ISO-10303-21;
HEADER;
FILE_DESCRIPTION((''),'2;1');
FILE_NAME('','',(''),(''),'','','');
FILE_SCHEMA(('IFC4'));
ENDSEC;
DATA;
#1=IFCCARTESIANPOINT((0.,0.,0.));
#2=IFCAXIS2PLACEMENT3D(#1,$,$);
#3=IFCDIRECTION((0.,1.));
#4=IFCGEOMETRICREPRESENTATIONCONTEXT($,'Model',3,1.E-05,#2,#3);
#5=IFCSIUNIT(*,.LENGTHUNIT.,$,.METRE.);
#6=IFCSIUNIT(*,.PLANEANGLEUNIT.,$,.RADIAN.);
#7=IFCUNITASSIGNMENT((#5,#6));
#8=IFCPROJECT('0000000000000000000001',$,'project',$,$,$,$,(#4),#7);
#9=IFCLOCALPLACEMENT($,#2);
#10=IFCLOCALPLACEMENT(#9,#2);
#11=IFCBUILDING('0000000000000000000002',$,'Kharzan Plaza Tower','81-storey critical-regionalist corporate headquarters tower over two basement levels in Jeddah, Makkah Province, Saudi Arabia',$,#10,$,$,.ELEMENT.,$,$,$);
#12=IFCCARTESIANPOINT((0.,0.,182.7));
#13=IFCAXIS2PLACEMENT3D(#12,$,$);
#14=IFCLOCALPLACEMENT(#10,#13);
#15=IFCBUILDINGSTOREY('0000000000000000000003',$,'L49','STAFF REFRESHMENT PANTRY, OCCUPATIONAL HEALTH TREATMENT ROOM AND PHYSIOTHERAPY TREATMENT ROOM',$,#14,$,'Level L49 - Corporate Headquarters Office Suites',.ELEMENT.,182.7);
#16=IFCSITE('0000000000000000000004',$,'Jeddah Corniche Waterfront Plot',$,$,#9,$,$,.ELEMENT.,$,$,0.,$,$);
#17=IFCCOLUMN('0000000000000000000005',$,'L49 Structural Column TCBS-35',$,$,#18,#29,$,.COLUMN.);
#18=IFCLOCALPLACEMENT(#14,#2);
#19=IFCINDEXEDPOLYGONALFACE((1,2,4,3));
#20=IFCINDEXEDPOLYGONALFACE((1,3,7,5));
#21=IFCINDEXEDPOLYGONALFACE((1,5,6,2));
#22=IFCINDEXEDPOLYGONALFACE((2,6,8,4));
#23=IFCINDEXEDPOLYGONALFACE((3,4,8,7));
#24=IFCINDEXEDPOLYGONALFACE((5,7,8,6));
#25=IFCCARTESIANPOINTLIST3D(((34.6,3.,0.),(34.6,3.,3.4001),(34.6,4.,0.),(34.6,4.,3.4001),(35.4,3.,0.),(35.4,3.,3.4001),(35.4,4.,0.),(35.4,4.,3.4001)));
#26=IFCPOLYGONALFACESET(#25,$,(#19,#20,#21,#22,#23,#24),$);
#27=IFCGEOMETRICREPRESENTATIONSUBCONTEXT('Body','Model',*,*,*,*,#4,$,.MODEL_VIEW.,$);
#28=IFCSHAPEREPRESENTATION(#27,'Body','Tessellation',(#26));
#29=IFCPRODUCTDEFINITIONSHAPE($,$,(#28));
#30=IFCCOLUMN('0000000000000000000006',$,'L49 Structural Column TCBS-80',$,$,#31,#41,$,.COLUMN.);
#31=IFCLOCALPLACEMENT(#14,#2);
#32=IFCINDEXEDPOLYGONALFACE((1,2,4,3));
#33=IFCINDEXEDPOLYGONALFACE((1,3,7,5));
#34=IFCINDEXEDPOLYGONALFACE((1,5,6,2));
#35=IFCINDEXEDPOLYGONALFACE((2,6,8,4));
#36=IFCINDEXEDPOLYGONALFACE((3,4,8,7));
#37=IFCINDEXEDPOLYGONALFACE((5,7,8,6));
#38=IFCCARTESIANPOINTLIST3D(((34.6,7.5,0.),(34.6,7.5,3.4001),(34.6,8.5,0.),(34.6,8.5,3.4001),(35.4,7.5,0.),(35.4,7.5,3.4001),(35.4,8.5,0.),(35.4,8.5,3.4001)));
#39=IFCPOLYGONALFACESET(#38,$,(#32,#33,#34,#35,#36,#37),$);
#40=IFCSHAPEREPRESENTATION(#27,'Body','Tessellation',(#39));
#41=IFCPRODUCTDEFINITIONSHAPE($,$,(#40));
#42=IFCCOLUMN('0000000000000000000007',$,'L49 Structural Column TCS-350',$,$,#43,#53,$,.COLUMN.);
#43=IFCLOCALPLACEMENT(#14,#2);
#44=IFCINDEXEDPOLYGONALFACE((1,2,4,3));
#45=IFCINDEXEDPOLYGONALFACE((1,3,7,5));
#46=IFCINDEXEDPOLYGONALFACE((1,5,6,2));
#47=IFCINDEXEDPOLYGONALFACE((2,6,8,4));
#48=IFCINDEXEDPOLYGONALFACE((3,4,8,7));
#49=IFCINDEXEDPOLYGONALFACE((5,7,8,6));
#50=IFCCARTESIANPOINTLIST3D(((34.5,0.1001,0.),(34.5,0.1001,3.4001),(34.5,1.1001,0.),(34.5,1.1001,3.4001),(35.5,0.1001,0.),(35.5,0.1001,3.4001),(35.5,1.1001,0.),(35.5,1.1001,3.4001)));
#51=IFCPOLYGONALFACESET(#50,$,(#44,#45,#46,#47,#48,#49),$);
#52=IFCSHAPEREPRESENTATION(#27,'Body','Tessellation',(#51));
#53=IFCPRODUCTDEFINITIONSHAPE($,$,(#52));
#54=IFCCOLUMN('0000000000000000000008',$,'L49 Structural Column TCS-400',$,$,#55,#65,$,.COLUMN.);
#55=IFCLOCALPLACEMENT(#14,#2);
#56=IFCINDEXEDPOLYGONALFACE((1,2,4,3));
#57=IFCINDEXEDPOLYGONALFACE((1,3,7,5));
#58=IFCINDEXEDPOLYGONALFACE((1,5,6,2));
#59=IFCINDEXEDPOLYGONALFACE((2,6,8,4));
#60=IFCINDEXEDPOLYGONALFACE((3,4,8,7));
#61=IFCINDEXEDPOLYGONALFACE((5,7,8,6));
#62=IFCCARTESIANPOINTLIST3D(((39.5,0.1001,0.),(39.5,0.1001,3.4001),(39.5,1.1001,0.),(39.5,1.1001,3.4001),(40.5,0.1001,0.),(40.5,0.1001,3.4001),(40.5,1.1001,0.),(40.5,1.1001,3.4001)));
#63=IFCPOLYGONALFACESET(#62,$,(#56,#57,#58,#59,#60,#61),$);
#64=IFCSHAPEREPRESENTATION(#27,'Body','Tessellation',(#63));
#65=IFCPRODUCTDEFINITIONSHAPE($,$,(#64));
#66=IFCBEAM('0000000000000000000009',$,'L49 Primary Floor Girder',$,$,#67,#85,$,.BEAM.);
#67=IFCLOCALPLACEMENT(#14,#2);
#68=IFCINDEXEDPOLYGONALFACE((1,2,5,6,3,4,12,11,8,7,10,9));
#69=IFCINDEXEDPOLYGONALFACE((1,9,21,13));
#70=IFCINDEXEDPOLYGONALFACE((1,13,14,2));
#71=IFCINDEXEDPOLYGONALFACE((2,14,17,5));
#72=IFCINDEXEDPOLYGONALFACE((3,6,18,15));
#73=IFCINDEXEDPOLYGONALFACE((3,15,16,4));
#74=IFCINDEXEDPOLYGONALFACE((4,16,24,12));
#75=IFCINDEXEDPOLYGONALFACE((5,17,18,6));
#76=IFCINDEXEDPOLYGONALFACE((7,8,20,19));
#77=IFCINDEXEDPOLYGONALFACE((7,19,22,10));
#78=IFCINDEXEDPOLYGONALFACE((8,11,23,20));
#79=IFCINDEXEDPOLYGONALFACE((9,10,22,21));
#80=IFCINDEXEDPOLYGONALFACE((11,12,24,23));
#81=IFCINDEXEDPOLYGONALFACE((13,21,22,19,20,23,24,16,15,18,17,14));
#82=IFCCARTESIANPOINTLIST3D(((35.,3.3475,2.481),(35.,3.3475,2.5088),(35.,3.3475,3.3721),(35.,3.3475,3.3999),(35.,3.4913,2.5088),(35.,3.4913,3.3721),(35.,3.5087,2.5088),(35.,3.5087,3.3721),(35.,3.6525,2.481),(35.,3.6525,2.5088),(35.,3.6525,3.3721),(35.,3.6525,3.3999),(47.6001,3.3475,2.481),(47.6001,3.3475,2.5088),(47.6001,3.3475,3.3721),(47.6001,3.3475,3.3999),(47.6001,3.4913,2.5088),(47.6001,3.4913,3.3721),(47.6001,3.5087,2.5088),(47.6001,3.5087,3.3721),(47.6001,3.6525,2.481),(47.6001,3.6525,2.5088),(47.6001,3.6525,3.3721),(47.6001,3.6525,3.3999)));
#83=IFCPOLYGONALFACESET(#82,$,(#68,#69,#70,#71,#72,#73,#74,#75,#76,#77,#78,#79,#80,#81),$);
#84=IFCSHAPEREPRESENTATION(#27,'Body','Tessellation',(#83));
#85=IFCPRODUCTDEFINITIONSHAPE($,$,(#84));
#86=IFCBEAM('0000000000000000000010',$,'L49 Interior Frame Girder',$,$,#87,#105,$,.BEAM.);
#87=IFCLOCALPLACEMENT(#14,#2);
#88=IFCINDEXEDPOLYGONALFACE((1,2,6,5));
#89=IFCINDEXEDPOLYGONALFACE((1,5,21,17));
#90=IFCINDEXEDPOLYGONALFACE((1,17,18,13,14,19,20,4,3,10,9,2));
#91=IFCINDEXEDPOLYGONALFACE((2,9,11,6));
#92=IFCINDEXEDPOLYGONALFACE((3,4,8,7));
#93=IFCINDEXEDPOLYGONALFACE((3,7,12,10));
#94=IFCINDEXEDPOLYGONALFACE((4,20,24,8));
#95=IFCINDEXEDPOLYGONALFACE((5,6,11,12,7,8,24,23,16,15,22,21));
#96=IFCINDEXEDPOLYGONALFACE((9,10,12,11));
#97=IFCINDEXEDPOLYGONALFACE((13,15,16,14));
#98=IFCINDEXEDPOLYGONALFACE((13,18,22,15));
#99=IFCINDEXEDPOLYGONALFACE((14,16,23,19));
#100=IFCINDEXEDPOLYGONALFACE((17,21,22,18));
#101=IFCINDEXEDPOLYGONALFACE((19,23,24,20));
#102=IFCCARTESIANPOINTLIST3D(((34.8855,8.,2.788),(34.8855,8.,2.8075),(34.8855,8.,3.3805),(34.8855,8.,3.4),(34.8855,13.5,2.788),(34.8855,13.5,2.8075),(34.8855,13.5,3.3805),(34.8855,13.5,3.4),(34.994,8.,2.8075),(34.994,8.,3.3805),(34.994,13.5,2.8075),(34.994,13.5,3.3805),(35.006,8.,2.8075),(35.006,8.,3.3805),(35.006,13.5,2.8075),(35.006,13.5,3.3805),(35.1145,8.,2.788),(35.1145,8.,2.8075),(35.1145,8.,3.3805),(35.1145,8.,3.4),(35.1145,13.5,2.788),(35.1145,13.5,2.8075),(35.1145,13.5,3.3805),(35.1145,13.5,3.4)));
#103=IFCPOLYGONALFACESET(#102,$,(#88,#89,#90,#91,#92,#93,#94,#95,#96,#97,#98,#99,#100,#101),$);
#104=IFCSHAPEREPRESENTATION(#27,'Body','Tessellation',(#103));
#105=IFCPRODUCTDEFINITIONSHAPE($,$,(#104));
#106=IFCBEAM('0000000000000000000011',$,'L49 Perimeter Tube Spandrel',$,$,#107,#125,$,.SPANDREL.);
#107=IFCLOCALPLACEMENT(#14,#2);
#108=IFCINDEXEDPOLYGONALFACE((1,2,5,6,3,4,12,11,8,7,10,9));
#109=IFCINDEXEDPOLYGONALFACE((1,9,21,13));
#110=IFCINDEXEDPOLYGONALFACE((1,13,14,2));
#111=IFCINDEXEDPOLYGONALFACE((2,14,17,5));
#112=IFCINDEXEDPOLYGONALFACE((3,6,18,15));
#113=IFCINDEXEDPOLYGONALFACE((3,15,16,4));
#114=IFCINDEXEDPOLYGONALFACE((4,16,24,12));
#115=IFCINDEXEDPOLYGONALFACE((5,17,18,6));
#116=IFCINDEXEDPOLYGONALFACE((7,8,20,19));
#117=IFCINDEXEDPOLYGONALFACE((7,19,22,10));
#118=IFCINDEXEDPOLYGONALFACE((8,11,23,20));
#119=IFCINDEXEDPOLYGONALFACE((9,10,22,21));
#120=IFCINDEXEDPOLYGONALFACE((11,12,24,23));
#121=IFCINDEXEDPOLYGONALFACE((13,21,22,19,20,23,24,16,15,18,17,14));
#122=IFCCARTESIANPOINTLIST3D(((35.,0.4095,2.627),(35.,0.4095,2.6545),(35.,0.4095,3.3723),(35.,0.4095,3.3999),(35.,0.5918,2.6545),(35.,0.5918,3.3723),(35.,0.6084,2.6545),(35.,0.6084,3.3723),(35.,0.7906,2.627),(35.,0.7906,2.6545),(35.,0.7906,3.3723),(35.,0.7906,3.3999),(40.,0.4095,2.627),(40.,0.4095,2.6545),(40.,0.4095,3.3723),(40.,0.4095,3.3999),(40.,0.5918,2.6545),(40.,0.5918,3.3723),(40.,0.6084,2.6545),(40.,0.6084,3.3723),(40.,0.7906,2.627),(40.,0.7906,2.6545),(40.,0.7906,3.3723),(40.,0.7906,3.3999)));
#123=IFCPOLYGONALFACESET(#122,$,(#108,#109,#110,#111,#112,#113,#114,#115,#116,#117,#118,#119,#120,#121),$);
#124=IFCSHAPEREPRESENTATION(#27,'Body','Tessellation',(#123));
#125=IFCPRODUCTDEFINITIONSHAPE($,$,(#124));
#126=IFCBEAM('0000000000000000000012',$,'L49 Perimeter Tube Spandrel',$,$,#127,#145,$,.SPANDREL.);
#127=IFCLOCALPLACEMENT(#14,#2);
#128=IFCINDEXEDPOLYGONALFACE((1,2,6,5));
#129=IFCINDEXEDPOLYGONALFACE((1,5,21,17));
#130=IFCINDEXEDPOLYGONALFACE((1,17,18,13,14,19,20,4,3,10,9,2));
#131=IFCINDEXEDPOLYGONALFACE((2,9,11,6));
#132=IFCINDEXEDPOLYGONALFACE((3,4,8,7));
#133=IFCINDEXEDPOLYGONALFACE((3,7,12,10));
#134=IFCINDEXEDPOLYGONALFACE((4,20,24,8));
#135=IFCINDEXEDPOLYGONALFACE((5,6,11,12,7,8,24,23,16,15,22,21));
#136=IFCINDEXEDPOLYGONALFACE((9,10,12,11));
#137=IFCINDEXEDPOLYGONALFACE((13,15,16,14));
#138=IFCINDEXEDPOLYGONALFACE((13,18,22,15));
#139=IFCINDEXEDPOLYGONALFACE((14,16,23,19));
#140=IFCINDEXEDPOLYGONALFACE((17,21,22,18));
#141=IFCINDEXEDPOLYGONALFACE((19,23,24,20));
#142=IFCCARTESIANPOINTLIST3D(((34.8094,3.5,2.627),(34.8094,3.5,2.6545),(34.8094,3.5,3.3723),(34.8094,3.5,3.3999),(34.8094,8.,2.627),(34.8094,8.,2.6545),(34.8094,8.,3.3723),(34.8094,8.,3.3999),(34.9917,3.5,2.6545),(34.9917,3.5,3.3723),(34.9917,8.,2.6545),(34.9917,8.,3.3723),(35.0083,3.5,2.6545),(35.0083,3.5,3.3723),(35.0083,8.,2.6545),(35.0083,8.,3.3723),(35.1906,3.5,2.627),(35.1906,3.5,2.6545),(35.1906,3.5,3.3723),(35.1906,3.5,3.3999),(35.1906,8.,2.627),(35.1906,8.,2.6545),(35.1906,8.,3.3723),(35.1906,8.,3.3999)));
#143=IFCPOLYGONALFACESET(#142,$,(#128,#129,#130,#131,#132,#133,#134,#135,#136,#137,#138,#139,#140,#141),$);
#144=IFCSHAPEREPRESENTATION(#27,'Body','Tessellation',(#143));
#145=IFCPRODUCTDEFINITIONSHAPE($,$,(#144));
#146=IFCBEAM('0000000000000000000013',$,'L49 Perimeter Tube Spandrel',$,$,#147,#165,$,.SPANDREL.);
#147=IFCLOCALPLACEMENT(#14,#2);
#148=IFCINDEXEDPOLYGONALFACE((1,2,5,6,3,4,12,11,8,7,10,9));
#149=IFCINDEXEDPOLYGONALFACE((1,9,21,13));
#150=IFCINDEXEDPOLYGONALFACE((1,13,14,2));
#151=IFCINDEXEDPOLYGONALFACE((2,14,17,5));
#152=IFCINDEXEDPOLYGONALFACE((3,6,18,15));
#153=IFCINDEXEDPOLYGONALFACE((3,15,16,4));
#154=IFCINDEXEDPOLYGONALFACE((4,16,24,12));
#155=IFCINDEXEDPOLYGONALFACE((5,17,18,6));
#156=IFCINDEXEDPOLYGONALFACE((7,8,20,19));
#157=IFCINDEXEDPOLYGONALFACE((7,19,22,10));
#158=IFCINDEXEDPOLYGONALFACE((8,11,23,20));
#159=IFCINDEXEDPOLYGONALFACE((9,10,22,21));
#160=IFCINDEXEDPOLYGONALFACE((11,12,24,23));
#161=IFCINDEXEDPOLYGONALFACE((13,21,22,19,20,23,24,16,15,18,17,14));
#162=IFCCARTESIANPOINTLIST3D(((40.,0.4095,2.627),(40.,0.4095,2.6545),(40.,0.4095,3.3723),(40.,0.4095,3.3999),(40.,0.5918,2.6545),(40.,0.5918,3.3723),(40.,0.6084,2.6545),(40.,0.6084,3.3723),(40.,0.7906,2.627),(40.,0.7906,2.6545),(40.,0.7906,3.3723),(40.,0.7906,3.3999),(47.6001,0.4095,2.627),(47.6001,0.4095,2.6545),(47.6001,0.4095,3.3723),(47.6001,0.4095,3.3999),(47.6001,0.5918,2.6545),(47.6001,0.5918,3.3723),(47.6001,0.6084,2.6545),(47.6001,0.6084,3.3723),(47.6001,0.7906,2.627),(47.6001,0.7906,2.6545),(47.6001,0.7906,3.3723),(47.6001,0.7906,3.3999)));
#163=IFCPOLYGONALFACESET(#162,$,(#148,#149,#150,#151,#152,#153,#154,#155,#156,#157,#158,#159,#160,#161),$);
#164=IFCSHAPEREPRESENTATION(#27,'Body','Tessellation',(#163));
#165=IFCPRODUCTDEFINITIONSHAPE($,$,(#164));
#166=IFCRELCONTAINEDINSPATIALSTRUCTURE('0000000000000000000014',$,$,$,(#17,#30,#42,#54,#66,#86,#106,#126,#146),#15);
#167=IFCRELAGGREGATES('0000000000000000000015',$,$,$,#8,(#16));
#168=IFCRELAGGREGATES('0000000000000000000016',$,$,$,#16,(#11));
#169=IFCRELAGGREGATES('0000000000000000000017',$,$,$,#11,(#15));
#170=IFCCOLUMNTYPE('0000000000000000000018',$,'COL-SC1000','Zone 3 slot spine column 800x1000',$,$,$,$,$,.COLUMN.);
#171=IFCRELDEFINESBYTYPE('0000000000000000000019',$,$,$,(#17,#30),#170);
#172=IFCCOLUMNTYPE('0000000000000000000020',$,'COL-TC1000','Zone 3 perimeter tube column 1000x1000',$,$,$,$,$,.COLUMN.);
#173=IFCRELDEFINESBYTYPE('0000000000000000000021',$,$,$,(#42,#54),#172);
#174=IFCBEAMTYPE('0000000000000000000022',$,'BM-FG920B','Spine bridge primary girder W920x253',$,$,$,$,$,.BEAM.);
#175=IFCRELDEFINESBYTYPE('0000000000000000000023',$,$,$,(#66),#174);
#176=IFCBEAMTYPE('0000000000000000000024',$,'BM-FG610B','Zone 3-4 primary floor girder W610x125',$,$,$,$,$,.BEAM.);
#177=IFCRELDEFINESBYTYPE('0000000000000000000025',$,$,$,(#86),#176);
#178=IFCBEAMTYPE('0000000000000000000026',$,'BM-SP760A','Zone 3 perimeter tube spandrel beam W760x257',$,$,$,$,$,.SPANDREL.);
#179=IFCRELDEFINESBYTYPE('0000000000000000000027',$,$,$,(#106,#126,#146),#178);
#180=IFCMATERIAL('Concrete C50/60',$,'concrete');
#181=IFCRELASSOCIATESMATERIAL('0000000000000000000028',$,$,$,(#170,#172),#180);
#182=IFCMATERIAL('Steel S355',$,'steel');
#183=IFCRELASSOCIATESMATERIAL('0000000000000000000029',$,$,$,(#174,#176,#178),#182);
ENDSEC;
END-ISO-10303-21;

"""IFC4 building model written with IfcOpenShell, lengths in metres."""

from ifc_helpers import new_model, si_unit, direction, frame, origin, origin_2d, place, context, subcontext, project, spatial, rectangle, i_section, extrude, source, transform, mapped, material, material_profile, profile_set, type_object, element, save


model = new_model("IFC4")

# Units and contexts
model_context = context("Model", 3, precision=1e-05, world=origin(), true_north=direction((0.0, 1.0)))
body_context = subcontext(model_context, "Body", "Model", "MODEL_VIEW")
ifc_project = project(units=[si_unit("LENGTHUNIT", "METRE"), si_unit("PLANEANGLEUNIT", "RADIAN")], contexts=[model_context])

# Site, building, storey
site_placement = place(None, origin())
site = spatial("IfcSite", under=ifc_project, at=site_placement, Name="Jeddah Corniche Waterfront Plot", CompositionType="ELEMENT", RefElevation=0.0)
building_placement = place(site_placement, origin())
building = spatial("IfcBuilding", under=site, at=building_placement, Name="Kharzan Plaza Tower", Description="81-storey critical-regionalist corporate headquarters tower over two basement levels in Jeddah, Makkah Province, Saudi Arabia", CompositionType="ELEMENT")
storey_placement = place(building_placement, frame((0.0, 0.0, 182.7)))
storey = spatial("IfcBuildingStorey", under=building, at=storey_placement, Name="L49", Description="STAFF REFRESHMENT PANTRY, OCCUPATIONAL HEALTH TREATMENT ROOM AND PHYSIOTHERAPY TREATMENT ROOM", LongName="Level L49 - Corporate Headquarters Office Suites", CompositionType="ELEMENT", Elevation=182.7)

# Columns
ifc_material_1 = material(Name="Concrete C50/60", Category="concrete")
ifc_material_profile_1 = material_profile(ifc_material_1, rectangle(XDim=0.8, YDim=1.0, at=origin_2d()), Name="RC-SC1000x800")
ifc_profile_set_1 = profile_set([ifc_material_profile_1], Name="Concrete C50/60")
column_type_1 = type_object("IfcColumnType", Name="COL-SC1000", Description="Zone 3 slot spine column 800x1000", PredefinedType="COLUMN", material=ifc_profile_set_1)
shared_shape_1 = source(origin(), body_context, "Body", "SweptSolid", [
    extrude(rectangle(XDim=0.8, YDim=1.0, at=origin_2d()), origin(), (0.0, 0.0, 1.0), 3.4001),
])
for number, where, z_axis, x_axis, name in (
    (1, (35.0, 3.5, 0.0), (0.0, 0.0, 1.0), (1.0, 0.0, 0.0), "L49 Structural Column TCBS-35"),
    (2, (35.0, 8.0, 0.0), (0.0, 0.0, 1.0), (1.0, 0.0, 0.0), "L49 Structural Column TCBS-80"),
):
    element("IfcColumn", number, at=place(storey_placement, frame(where, z_axis=z_axis, x_axis=x_axis)), inside=storey, type_object=column_type_1, Name=name, PredefinedType="COLUMN", context=body_context, shape_type="MappedRepresentation", body=[
        mapped(shared_shape_1, transform((0.0, 0.0, 0.0), x_axis=(1.0, 0.0, 0.0), y_axis=(0.0, 1.0, 0.0), z_axis=(0.0, 0.0, 1.0))),
    ])
ifc_material_profile_2 = material_profile(ifc_material_1, rectangle(XDim=1.0, YDim=1.0, at=origin_2d()), Name="RC-TC1000x1000")
ifc_profile_set_2 = profile_set([ifc_material_profile_2], Name="Concrete C50/60")
column_type_2 = type_object("IfcColumnType", Name="COL-TC1000", Description="Zone 3 perimeter tube column 1000x1000", PredefinedType="COLUMN", material=ifc_profile_set_2)
shared_shape_2 = source(origin(), body_context, "Body", "SweptSolid", [
    extrude(rectangle(XDim=1.0, YDim=1.0, at=origin_2d()), origin(), (0.0, 0.0, 1.0), 3.4001),
])
for number, where, z_axis, x_axis, name in (
    (3, (35.0, 0.6001, 0.0), (0.0, 0.0, 1.0), (1.0, 0.0, 0.0), "L49 Structural Column TCS-350"),
    (4, (40.0, 0.6001, 0.0), (0.0, 0.0, 1.0), (1.0, 0.0, 0.0), "L49 Structural Column TCS-400"),
):
    element("IfcColumn", number, at=place(storey_placement, frame(where, z_axis=z_axis, x_axis=x_axis)), inside=storey, type_object=column_type_2, Name=name, PredefinedType="COLUMN", context=body_context, shape_type="MappedRepresentation", body=[
        mapped(shared_shape_2, transform((0.0, 0.0, 0.0), x_axis=(1.0, 0.0, 0.0), y_axis=(0.0, 1.0, 0.0), z_axis=(0.0, 0.0, 1.0))),
    ])

# Beams
ifc_material_2 = material(Name="Steel S355", Category="steel")
ifc_material_profile_3 = material_profile(ifc_material_2, i_section(OverallWidth=0.3049, OverallDepth=0.9189, WebThickness=0.0173, FlangeThickness=0.0278, at=origin_2d()), Name="W920x253")
ifc_profile_set_3 = profile_set([ifc_material_profile_3], Name="Steel S355")
beam_type_1 = type_object("IfcBeamType", Name="BM-FG920B", Description="Spine bridge primary girder W920x253", PredefinedType="BEAM", material=ifc_profile_set_3)
shared_shape_3 = source(origin(), body_context, "Body", "SweptSolid", [
    extrude(i_section(OverallWidth=0.3049, OverallDepth=0.9189, WebThickness=0.0173, FlangeThickness=0.0278, at=origin_2d()), origin(), (0.0, 0.0, 1.0), 12.6001),
])
beam_1_placement = place(storey_placement, frame((35.0, 3.5, 2.9404), z_axis=(1.0, 0.0, 0.0), x_axis=(0.0, 1.0, 0.0)))
element("IfcBeam", 5, at=beam_1_placement, inside=storey, type_object=beam_type_1, Name="L49 Primary Floor Girder", PredefinedType="BEAM", context=body_context, shape_type="MappedRepresentation", body=[
    mapped(shared_shape_3, transform((0.0, 0.0, 0.0), x_axis=(1.0, 0.0, 0.0), y_axis=(0.0, 1.0, 0.0), z_axis=(0.0, 0.0, 1.0))),
])
ifc_material_profile_4 = material_profile(ifc_material_2, i_section(OverallWidth=0.229, OverallDepth=0.6121, WebThickness=0.012, FlangeThickness=0.0195, at=origin_2d()), Name="W610x125")
ifc_profile_set_4 = profile_set([ifc_material_profile_4], Name="Steel S355")
beam_type_2 = type_object("IfcBeamType", Name="BM-FG610B", Description="Zone 3-4 primary floor girder W610x125", PredefinedType="BEAM", material=ifc_profile_set_4)
shared_shape_4 = source(origin(), body_context, "Body", "SweptSolid", [
    extrude(i_section(OverallWidth=0.229, OverallDepth=0.6121, WebThickness=0.012, FlangeThickness=0.0195, at=origin_2d()), origin(), (0.0, 0.0, 1.0), 5.5),
])
beam_2_placement = place(storey_placement, frame((35.0, 8.0, 3.094), z_axis=(0.0, 1.0, 0.0), x_axis=(-1.0, 0.0, 0.0)))
element("IfcBeam", 6, at=beam_2_placement, inside=storey, type_object=beam_type_2, Name="L49 Interior Frame Girder", PredefinedType="BEAM", context=body_context, shape_type="MappedRepresentation", body=[
    mapped(shared_shape_4, transform((0.0, 0.0, 0.0), x_axis=(1.0, 0.0, 0.0), y_axis=(0.0, 1.0, 0.0), z_axis=(0.0, 0.0, 1.0))),
])
ifc_material_profile_5 = material_profile(ifc_material_2, i_section(OverallWidth=0.3811, OverallDepth=0.7729, WebThickness=0.0166, FlangeThickness=0.0276, at=origin_2d()), Name="W760x257")
ifc_profile_set_5 = profile_set([ifc_material_profile_5], Name="Steel S355")
beam_type_3 = type_object("IfcBeamType", Name="BM-SP760A", Description="Zone 3 perimeter tube spandrel beam W760x257", PredefinedType="SPANDREL", material=ifc_profile_set_5)
shared_shape_5 = source(origin(), body_context, "Body", "SweptSolid", [
    extrude(i_section(OverallWidth=0.3811, OverallDepth=0.7729, WebThickness=0.0166, FlangeThickness=0.0276, at=origin_2d()), origin(), (0.0, 0.0, 1.0), 5.0),
])
beam_3_placement = place(storey_placement, frame((35.0, 0.6001, 3.0134), z_axis=(1.0, 0.0, 0.0), x_axis=(0.0, 1.0, 0.0)))
element("IfcBeam", 7, at=beam_3_placement, inside=storey, type_object=beam_type_3, Name="L49 Perimeter Tube Spandrel", PredefinedType="SPANDREL", context=body_context, shape_type="MappedRepresentation", body=[
    mapped(shared_shape_5, transform((0.0, 0.0, 0.0), x_axis=(1.0, 0.0, 0.0), y_axis=(0.0, 1.0, 0.0), z_axis=(0.0, 0.0, 1.0))),
])
shared_shape_6 = source(origin(), body_context, "Body", "SweptSolid", [
    extrude(i_section(OverallWidth=0.3811, OverallDepth=0.7729, WebThickness=0.0166, FlangeThickness=0.0276, at=origin_2d()), origin(), (0.0, 0.0, 1.0), 4.5),
])
beam_4_placement = place(storey_placement, frame((35.0, 3.5, 3.0134), z_axis=(0.0, 1.0, 0.0), x_axis=(-1.0, 0.0, 0.0)))
element("IfcBeam", 8, at=beam_4_placement, inside=storey, type_object=beam_type_3, Name="L49 Perimeter Tube Spandrel", PredefinedType="SPANDREL", context=body_context, shape_type="MappedRepresentation", body=[
    mapped(shared_shape_6, transform((0.0, 0.0, 0.0), x_axis=(1.0, 0.0, 0.0), y_axis=(0.0, 1.0, 0.0), z_axis=(0.0, 0.0, 1.0))),
])
shared_shape_7 = source(origin(), body_context, "Body", "SweptSolid", [
    extrude(i_section(OverallWidth=0.3811, OverallDepth=0.7729, WebThickness=0.0166, FlangeThickness=0.0276, at=origin_2d()), origin(), (0.0, 0.0, 1.0), 7.6001),
])
beam_5_placement = place(storey_placement, frame((40.0, 0.6001, 3.0134), z_axis=(1.0, 0.0, 0.0), x_axis=(0.0, 1.0, 0.0)))
element("IfcBeam", 9, at=beam_5_placement, inside=storey, type_object=beam_type_3, Name="L49 Perimeter Tube Spandrel", PredefinedType="SPANDREL", context=body_context, shape_type="MappedRepresentation", body=[
    mapped(shared_shape_7, transform((0.0, 0.0, 0.0), x_axis=(1.0, 0.0, 0.0), y_axis=(0.0, 1.0, 0.0), z_axis=(0.0, 0.0, 1.0))),
])

save(model, "model.ifc")
